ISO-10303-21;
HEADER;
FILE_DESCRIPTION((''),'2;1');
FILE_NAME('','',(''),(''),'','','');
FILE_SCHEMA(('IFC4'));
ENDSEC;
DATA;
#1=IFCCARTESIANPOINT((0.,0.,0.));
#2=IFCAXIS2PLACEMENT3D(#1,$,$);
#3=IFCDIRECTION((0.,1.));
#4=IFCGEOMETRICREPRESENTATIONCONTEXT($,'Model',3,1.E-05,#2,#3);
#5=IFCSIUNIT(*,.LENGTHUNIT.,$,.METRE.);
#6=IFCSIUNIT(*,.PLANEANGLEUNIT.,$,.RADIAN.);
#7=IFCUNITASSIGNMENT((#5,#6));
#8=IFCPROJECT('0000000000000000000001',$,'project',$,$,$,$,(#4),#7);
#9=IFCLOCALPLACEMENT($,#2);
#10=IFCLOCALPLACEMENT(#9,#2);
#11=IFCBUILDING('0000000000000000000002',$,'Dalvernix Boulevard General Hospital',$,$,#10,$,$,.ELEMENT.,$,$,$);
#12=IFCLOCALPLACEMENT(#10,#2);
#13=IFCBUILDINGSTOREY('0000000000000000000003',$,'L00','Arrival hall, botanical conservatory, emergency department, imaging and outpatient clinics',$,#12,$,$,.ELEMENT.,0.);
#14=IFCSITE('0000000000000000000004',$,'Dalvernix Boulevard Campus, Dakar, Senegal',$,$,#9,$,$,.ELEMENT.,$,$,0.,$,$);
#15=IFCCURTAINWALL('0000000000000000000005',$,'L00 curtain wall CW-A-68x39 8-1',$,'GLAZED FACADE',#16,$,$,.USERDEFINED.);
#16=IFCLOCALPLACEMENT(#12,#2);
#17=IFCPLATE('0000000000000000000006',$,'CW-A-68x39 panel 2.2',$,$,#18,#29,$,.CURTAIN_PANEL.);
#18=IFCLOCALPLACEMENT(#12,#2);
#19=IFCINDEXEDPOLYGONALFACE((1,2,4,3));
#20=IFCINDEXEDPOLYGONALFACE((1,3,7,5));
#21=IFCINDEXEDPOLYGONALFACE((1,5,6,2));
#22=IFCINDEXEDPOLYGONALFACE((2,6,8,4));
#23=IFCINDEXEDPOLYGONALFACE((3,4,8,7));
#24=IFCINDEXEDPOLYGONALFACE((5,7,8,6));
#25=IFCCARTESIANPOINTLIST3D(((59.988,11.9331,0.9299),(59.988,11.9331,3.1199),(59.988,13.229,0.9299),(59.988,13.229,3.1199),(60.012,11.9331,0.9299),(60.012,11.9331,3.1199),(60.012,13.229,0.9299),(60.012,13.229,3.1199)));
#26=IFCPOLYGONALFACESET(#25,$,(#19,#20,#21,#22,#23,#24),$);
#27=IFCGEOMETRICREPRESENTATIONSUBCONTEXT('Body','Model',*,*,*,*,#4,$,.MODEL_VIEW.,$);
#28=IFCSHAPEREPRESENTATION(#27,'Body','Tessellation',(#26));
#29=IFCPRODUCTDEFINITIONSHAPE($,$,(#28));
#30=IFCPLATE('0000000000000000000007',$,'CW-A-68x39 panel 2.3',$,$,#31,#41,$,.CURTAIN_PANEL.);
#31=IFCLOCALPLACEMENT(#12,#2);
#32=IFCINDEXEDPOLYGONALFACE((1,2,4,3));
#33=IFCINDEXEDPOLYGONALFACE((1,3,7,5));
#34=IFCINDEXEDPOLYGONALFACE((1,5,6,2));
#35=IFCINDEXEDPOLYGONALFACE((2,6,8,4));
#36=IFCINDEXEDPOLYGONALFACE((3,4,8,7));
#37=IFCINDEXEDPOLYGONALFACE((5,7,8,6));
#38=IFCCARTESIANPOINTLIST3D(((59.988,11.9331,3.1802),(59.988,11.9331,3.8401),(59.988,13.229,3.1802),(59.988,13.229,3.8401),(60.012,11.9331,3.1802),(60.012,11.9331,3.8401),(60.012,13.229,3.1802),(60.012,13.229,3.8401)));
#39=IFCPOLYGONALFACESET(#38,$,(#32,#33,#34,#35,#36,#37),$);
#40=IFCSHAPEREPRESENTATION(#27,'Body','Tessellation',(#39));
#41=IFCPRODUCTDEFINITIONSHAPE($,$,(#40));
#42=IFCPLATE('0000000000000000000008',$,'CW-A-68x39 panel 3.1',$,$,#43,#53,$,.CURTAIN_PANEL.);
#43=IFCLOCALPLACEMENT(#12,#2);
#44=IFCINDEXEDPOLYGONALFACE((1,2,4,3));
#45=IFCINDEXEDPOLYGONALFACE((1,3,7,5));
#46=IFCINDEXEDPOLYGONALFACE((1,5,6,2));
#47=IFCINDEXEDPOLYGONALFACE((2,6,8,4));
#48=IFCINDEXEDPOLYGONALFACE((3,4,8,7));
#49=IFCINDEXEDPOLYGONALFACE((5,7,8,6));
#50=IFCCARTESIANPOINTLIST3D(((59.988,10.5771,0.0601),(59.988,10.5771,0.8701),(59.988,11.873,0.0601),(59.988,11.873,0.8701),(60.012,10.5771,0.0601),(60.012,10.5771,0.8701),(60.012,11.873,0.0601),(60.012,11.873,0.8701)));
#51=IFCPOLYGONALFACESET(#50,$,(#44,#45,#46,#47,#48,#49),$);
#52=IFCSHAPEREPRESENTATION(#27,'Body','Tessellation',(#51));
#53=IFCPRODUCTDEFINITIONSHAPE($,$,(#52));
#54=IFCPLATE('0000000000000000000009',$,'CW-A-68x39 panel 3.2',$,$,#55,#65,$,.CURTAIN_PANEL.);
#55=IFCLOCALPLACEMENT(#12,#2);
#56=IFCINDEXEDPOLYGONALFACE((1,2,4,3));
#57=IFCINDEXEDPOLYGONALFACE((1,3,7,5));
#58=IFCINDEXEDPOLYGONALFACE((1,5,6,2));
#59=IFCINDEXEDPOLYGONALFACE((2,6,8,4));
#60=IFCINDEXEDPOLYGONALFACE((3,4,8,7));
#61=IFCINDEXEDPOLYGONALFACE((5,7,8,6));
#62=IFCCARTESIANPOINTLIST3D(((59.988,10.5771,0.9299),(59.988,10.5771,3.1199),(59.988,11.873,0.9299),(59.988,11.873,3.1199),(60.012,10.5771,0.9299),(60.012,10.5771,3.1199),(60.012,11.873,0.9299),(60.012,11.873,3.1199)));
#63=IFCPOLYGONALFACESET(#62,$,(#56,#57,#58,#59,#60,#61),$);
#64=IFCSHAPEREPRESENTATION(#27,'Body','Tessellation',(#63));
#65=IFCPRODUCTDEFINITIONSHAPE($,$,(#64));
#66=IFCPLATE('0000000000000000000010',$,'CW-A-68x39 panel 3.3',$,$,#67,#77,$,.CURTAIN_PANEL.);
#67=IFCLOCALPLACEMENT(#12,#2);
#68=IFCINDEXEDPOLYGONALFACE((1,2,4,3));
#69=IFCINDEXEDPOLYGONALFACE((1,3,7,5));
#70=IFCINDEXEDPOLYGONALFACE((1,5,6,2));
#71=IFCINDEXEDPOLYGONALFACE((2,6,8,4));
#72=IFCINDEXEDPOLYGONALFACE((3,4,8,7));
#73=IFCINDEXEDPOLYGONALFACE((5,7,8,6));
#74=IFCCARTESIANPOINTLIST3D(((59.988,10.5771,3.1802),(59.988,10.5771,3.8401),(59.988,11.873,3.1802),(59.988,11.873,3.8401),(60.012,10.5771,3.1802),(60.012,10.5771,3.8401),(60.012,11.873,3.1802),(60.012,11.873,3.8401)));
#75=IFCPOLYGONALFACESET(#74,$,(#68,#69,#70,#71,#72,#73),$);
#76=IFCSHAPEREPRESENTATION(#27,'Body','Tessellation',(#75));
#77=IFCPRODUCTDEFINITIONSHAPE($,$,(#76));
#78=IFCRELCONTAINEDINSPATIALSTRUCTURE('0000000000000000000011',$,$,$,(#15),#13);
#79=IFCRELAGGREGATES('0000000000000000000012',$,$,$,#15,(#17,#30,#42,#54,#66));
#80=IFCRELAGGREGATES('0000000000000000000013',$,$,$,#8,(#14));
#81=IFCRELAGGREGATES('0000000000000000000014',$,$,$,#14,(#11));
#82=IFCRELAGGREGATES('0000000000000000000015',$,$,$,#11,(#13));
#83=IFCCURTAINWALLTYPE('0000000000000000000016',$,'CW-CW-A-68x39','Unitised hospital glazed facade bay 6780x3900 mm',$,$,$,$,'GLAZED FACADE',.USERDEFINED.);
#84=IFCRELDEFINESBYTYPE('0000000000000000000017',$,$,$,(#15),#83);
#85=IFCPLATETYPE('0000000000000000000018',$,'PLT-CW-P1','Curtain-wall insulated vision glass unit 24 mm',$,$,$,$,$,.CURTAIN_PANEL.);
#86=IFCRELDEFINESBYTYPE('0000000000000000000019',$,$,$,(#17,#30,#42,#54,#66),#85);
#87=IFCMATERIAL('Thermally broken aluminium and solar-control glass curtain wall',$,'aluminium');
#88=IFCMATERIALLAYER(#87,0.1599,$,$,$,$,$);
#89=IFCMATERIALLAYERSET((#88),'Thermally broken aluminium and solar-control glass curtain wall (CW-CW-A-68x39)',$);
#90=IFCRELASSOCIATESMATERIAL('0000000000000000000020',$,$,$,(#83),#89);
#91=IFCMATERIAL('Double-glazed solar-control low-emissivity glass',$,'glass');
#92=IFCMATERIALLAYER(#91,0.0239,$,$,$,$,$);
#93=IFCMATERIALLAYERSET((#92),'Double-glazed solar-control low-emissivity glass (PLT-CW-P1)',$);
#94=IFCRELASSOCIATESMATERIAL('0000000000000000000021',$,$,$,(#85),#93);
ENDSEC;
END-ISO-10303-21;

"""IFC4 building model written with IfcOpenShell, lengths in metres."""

from ifc_helpers import new_model, si_unit, direction, frame, origin, origin_2d, place, context, subcontext, project, spatial, rectangle, extrude, material, layer, layer_set, type_object, element, aggregate, save


model = new_model("IFC4")

# Units and contexts
model_context = context("Model", 3, precision=1e-05, world=origin(), true_north=direction((0.0, 1.0)))
body_context = subcontext(model_context, "Body", "Model", "MODEL_VIEW")
ifc_project = project(units=[si_unit("LENGTHUNIT", "METRE"), si_unit("PLANEANGLEUNIT", "RADIAN")], contexts=[model_context])

# Site, building, storey
site_placement = place(None, origin())
site = spatial("IfcSite", under=ifc_project, at=site_placement, Name="Dalvernix Boulevard Campus, Dakar, Senegal", CompositionType="ELEMENT", RefElevation=0.0)
building_placement = place(site_placement, origin())
building = spatial("IfcBuilding", under=site, at=building_placement, Name="Dalvernix Boulevard General Hospital", CompositionType="ELEMENT")
storey_placement = place(building_placement, origin())
storey = spatial("IfcBuildingStorey", under=building, at=storey_placement, Name="L00", Description="Arrival hall, botanical conservatory, emergency department, imaging and outpatient clinics", CompositionType="ELEMENT", Elevation=0.0)

# Curtain wall, plates
ifc_material_1 = material(Name="Thermally broken aluminium and solar-control glass curtain wall", Category="aluminium")
ifc_layer_1 = layer(ifc_material_1, 0.1599)
ifc_layer_set_1 = layer_set([ifc_layer_1], Name="Thermally broken aluminium and solar-control glass curtain wall (CW-CW-A-68x39)")
curtain_wall_type = type_object("IfcCurtainWallType", Name="CW-CW-A-68x39", Description="Unitised hospital glazed facade bay 6780x3900 mm", ElementType="GLAZED FACADE", PredefinedType="USERDEFINED", material=ifc_layer_set_1)
curtain_wall_placement = place(storey_placement, origin())
curtain_wall = element("IfcCurtainWall", 1, at=curtain_wall_placement, inside=storey, type_object=curtain_wall_type, Name="L00 curtain wall CW-A-68x39 8-1", ObjectType="GLAZED FACADE", PredefinedType="USERDEFINED")
ifc_material_2 = material(Name="Double-glazed solar-control low-emissivity glass", Category="glass")
ifc_layer_2 = layer(ifc_material_2, 0.0239)
ifc_layer_set_2 = layer_set([ifc_layer_2], Name="Double-glazed solar-control low-emissivity glass (PLT-CW-P1)")
plate_type = type_object("IfcPlateType", Name="PLT-CW-P1", Description="Curtain-wall insulated vision glass unit 24 mm", PredefinedType="CURTAIN_PANEL", material=ifc_layer_set_2)
plate_1_placement = place(storey_placement, frame((60.0, 12.5811, 0.9299), z_axis=(0.0, 0.0, 1.0), x_axis=(0.0, -1.0, 0.0)))
plate_1 = element("IfcPlate", 2, at=plate_1_placement, type_object=plate_type, Name="CW-A-68x39 panel 2.2", PredefinedType="CURTAIN_PANEL", context=body_context, shape_type="SweptSolid", body=[
    extrude(rectangle(XDim=1.2959, YDim=0.0239, at=origin_2d()), origin(), (0.0, 0.0, 1.0), 2.1899),
])
plate_2_placement = place(storey_placement, frame((60.0, 12.5811, 3.1802), z_axis=(0.0, 0.0, 1.0), x_axis=(0.0, -1.0, 0.0)))
plate_2 = element("IfcPlate", 3, at=plate_2_placement, type_object=plate_type, Name="CW-A-68x39 panel 2.3", PredefinedType="CURTAIN_PANEL", context=body_context, shape_type="SweptSolid", body=[
    extrude(rectangle(XDim=1.2959, YDim=0.0239, at=origin_2d()), origin(), (0.0, 0.0, 1.0), 0.6599),
])
plate_3_placement = place(storey_placement, frame((60.0, 11.2251, 0.0601), z_axis=(0.0, 0.0, 1.0), x_axis=(0.0, -1.0, 0.0)))
plate_3 = element("IfcPlate", 4, at=plate_3_placement, type_object=plate_type, Name="CW-A-68x39 panel 3.1", PredefinedType="CURTAIN_PANEL", context=body_context, shape_type="SweptSolid", body=[
    extrude(rectangle(XDim=1.2959, YDim=0.0239, at=origin_2d()), origin(), (0.0, 0.0, 1.0), 0.8101),
])
plate_4_placement = place(storey_placement, frame((60.0, 11.2251, 0.9299), z_axis=(0.0, 0.0, 1.0), x_axis=(0.0, -1.0, 0.0)))
plate_4 = element("IfcPlate", 5, at=plate_4_placement, type_object=plate_type, Name="CW-A-68x39 panel 3.2", PredefinedType="CURTAIN_PANEL", context=body_context, shape_type="SweptSolid", body=[
    extrude(rectangle(XDim=1.2959, YDim=0.0239, at=origin_2d()), origin(), (0.0, 0.0, 1.0), 2.1899),
])
plate_5_placement = place(storey_placement, frame((60.0, 11.2251, 3.1802), z_axis=(0.0, 0.0, 1.0), x_axis=(0.0, -1.0, 0.0)))
plate_5 = element("IfcPlate", 6, at=plate_5_placement, type_object=plate_type, Name="CW-A-68x39 panel 3.3", PredefinedType="CURTAIN_PANEL", context=body_context, shape_type="SweptSolid", body=[
    extrude(rectangle(XDim=1.2959, YDim=0.0239, at=origin_2d()), origin(), (0.0, 0.0, 1.0), 0.6599),
])
aggregate(curtain_wall, [plate_1, plate_2, plate_3, plate_4, plate_5])

save(model, "model.ifc")
